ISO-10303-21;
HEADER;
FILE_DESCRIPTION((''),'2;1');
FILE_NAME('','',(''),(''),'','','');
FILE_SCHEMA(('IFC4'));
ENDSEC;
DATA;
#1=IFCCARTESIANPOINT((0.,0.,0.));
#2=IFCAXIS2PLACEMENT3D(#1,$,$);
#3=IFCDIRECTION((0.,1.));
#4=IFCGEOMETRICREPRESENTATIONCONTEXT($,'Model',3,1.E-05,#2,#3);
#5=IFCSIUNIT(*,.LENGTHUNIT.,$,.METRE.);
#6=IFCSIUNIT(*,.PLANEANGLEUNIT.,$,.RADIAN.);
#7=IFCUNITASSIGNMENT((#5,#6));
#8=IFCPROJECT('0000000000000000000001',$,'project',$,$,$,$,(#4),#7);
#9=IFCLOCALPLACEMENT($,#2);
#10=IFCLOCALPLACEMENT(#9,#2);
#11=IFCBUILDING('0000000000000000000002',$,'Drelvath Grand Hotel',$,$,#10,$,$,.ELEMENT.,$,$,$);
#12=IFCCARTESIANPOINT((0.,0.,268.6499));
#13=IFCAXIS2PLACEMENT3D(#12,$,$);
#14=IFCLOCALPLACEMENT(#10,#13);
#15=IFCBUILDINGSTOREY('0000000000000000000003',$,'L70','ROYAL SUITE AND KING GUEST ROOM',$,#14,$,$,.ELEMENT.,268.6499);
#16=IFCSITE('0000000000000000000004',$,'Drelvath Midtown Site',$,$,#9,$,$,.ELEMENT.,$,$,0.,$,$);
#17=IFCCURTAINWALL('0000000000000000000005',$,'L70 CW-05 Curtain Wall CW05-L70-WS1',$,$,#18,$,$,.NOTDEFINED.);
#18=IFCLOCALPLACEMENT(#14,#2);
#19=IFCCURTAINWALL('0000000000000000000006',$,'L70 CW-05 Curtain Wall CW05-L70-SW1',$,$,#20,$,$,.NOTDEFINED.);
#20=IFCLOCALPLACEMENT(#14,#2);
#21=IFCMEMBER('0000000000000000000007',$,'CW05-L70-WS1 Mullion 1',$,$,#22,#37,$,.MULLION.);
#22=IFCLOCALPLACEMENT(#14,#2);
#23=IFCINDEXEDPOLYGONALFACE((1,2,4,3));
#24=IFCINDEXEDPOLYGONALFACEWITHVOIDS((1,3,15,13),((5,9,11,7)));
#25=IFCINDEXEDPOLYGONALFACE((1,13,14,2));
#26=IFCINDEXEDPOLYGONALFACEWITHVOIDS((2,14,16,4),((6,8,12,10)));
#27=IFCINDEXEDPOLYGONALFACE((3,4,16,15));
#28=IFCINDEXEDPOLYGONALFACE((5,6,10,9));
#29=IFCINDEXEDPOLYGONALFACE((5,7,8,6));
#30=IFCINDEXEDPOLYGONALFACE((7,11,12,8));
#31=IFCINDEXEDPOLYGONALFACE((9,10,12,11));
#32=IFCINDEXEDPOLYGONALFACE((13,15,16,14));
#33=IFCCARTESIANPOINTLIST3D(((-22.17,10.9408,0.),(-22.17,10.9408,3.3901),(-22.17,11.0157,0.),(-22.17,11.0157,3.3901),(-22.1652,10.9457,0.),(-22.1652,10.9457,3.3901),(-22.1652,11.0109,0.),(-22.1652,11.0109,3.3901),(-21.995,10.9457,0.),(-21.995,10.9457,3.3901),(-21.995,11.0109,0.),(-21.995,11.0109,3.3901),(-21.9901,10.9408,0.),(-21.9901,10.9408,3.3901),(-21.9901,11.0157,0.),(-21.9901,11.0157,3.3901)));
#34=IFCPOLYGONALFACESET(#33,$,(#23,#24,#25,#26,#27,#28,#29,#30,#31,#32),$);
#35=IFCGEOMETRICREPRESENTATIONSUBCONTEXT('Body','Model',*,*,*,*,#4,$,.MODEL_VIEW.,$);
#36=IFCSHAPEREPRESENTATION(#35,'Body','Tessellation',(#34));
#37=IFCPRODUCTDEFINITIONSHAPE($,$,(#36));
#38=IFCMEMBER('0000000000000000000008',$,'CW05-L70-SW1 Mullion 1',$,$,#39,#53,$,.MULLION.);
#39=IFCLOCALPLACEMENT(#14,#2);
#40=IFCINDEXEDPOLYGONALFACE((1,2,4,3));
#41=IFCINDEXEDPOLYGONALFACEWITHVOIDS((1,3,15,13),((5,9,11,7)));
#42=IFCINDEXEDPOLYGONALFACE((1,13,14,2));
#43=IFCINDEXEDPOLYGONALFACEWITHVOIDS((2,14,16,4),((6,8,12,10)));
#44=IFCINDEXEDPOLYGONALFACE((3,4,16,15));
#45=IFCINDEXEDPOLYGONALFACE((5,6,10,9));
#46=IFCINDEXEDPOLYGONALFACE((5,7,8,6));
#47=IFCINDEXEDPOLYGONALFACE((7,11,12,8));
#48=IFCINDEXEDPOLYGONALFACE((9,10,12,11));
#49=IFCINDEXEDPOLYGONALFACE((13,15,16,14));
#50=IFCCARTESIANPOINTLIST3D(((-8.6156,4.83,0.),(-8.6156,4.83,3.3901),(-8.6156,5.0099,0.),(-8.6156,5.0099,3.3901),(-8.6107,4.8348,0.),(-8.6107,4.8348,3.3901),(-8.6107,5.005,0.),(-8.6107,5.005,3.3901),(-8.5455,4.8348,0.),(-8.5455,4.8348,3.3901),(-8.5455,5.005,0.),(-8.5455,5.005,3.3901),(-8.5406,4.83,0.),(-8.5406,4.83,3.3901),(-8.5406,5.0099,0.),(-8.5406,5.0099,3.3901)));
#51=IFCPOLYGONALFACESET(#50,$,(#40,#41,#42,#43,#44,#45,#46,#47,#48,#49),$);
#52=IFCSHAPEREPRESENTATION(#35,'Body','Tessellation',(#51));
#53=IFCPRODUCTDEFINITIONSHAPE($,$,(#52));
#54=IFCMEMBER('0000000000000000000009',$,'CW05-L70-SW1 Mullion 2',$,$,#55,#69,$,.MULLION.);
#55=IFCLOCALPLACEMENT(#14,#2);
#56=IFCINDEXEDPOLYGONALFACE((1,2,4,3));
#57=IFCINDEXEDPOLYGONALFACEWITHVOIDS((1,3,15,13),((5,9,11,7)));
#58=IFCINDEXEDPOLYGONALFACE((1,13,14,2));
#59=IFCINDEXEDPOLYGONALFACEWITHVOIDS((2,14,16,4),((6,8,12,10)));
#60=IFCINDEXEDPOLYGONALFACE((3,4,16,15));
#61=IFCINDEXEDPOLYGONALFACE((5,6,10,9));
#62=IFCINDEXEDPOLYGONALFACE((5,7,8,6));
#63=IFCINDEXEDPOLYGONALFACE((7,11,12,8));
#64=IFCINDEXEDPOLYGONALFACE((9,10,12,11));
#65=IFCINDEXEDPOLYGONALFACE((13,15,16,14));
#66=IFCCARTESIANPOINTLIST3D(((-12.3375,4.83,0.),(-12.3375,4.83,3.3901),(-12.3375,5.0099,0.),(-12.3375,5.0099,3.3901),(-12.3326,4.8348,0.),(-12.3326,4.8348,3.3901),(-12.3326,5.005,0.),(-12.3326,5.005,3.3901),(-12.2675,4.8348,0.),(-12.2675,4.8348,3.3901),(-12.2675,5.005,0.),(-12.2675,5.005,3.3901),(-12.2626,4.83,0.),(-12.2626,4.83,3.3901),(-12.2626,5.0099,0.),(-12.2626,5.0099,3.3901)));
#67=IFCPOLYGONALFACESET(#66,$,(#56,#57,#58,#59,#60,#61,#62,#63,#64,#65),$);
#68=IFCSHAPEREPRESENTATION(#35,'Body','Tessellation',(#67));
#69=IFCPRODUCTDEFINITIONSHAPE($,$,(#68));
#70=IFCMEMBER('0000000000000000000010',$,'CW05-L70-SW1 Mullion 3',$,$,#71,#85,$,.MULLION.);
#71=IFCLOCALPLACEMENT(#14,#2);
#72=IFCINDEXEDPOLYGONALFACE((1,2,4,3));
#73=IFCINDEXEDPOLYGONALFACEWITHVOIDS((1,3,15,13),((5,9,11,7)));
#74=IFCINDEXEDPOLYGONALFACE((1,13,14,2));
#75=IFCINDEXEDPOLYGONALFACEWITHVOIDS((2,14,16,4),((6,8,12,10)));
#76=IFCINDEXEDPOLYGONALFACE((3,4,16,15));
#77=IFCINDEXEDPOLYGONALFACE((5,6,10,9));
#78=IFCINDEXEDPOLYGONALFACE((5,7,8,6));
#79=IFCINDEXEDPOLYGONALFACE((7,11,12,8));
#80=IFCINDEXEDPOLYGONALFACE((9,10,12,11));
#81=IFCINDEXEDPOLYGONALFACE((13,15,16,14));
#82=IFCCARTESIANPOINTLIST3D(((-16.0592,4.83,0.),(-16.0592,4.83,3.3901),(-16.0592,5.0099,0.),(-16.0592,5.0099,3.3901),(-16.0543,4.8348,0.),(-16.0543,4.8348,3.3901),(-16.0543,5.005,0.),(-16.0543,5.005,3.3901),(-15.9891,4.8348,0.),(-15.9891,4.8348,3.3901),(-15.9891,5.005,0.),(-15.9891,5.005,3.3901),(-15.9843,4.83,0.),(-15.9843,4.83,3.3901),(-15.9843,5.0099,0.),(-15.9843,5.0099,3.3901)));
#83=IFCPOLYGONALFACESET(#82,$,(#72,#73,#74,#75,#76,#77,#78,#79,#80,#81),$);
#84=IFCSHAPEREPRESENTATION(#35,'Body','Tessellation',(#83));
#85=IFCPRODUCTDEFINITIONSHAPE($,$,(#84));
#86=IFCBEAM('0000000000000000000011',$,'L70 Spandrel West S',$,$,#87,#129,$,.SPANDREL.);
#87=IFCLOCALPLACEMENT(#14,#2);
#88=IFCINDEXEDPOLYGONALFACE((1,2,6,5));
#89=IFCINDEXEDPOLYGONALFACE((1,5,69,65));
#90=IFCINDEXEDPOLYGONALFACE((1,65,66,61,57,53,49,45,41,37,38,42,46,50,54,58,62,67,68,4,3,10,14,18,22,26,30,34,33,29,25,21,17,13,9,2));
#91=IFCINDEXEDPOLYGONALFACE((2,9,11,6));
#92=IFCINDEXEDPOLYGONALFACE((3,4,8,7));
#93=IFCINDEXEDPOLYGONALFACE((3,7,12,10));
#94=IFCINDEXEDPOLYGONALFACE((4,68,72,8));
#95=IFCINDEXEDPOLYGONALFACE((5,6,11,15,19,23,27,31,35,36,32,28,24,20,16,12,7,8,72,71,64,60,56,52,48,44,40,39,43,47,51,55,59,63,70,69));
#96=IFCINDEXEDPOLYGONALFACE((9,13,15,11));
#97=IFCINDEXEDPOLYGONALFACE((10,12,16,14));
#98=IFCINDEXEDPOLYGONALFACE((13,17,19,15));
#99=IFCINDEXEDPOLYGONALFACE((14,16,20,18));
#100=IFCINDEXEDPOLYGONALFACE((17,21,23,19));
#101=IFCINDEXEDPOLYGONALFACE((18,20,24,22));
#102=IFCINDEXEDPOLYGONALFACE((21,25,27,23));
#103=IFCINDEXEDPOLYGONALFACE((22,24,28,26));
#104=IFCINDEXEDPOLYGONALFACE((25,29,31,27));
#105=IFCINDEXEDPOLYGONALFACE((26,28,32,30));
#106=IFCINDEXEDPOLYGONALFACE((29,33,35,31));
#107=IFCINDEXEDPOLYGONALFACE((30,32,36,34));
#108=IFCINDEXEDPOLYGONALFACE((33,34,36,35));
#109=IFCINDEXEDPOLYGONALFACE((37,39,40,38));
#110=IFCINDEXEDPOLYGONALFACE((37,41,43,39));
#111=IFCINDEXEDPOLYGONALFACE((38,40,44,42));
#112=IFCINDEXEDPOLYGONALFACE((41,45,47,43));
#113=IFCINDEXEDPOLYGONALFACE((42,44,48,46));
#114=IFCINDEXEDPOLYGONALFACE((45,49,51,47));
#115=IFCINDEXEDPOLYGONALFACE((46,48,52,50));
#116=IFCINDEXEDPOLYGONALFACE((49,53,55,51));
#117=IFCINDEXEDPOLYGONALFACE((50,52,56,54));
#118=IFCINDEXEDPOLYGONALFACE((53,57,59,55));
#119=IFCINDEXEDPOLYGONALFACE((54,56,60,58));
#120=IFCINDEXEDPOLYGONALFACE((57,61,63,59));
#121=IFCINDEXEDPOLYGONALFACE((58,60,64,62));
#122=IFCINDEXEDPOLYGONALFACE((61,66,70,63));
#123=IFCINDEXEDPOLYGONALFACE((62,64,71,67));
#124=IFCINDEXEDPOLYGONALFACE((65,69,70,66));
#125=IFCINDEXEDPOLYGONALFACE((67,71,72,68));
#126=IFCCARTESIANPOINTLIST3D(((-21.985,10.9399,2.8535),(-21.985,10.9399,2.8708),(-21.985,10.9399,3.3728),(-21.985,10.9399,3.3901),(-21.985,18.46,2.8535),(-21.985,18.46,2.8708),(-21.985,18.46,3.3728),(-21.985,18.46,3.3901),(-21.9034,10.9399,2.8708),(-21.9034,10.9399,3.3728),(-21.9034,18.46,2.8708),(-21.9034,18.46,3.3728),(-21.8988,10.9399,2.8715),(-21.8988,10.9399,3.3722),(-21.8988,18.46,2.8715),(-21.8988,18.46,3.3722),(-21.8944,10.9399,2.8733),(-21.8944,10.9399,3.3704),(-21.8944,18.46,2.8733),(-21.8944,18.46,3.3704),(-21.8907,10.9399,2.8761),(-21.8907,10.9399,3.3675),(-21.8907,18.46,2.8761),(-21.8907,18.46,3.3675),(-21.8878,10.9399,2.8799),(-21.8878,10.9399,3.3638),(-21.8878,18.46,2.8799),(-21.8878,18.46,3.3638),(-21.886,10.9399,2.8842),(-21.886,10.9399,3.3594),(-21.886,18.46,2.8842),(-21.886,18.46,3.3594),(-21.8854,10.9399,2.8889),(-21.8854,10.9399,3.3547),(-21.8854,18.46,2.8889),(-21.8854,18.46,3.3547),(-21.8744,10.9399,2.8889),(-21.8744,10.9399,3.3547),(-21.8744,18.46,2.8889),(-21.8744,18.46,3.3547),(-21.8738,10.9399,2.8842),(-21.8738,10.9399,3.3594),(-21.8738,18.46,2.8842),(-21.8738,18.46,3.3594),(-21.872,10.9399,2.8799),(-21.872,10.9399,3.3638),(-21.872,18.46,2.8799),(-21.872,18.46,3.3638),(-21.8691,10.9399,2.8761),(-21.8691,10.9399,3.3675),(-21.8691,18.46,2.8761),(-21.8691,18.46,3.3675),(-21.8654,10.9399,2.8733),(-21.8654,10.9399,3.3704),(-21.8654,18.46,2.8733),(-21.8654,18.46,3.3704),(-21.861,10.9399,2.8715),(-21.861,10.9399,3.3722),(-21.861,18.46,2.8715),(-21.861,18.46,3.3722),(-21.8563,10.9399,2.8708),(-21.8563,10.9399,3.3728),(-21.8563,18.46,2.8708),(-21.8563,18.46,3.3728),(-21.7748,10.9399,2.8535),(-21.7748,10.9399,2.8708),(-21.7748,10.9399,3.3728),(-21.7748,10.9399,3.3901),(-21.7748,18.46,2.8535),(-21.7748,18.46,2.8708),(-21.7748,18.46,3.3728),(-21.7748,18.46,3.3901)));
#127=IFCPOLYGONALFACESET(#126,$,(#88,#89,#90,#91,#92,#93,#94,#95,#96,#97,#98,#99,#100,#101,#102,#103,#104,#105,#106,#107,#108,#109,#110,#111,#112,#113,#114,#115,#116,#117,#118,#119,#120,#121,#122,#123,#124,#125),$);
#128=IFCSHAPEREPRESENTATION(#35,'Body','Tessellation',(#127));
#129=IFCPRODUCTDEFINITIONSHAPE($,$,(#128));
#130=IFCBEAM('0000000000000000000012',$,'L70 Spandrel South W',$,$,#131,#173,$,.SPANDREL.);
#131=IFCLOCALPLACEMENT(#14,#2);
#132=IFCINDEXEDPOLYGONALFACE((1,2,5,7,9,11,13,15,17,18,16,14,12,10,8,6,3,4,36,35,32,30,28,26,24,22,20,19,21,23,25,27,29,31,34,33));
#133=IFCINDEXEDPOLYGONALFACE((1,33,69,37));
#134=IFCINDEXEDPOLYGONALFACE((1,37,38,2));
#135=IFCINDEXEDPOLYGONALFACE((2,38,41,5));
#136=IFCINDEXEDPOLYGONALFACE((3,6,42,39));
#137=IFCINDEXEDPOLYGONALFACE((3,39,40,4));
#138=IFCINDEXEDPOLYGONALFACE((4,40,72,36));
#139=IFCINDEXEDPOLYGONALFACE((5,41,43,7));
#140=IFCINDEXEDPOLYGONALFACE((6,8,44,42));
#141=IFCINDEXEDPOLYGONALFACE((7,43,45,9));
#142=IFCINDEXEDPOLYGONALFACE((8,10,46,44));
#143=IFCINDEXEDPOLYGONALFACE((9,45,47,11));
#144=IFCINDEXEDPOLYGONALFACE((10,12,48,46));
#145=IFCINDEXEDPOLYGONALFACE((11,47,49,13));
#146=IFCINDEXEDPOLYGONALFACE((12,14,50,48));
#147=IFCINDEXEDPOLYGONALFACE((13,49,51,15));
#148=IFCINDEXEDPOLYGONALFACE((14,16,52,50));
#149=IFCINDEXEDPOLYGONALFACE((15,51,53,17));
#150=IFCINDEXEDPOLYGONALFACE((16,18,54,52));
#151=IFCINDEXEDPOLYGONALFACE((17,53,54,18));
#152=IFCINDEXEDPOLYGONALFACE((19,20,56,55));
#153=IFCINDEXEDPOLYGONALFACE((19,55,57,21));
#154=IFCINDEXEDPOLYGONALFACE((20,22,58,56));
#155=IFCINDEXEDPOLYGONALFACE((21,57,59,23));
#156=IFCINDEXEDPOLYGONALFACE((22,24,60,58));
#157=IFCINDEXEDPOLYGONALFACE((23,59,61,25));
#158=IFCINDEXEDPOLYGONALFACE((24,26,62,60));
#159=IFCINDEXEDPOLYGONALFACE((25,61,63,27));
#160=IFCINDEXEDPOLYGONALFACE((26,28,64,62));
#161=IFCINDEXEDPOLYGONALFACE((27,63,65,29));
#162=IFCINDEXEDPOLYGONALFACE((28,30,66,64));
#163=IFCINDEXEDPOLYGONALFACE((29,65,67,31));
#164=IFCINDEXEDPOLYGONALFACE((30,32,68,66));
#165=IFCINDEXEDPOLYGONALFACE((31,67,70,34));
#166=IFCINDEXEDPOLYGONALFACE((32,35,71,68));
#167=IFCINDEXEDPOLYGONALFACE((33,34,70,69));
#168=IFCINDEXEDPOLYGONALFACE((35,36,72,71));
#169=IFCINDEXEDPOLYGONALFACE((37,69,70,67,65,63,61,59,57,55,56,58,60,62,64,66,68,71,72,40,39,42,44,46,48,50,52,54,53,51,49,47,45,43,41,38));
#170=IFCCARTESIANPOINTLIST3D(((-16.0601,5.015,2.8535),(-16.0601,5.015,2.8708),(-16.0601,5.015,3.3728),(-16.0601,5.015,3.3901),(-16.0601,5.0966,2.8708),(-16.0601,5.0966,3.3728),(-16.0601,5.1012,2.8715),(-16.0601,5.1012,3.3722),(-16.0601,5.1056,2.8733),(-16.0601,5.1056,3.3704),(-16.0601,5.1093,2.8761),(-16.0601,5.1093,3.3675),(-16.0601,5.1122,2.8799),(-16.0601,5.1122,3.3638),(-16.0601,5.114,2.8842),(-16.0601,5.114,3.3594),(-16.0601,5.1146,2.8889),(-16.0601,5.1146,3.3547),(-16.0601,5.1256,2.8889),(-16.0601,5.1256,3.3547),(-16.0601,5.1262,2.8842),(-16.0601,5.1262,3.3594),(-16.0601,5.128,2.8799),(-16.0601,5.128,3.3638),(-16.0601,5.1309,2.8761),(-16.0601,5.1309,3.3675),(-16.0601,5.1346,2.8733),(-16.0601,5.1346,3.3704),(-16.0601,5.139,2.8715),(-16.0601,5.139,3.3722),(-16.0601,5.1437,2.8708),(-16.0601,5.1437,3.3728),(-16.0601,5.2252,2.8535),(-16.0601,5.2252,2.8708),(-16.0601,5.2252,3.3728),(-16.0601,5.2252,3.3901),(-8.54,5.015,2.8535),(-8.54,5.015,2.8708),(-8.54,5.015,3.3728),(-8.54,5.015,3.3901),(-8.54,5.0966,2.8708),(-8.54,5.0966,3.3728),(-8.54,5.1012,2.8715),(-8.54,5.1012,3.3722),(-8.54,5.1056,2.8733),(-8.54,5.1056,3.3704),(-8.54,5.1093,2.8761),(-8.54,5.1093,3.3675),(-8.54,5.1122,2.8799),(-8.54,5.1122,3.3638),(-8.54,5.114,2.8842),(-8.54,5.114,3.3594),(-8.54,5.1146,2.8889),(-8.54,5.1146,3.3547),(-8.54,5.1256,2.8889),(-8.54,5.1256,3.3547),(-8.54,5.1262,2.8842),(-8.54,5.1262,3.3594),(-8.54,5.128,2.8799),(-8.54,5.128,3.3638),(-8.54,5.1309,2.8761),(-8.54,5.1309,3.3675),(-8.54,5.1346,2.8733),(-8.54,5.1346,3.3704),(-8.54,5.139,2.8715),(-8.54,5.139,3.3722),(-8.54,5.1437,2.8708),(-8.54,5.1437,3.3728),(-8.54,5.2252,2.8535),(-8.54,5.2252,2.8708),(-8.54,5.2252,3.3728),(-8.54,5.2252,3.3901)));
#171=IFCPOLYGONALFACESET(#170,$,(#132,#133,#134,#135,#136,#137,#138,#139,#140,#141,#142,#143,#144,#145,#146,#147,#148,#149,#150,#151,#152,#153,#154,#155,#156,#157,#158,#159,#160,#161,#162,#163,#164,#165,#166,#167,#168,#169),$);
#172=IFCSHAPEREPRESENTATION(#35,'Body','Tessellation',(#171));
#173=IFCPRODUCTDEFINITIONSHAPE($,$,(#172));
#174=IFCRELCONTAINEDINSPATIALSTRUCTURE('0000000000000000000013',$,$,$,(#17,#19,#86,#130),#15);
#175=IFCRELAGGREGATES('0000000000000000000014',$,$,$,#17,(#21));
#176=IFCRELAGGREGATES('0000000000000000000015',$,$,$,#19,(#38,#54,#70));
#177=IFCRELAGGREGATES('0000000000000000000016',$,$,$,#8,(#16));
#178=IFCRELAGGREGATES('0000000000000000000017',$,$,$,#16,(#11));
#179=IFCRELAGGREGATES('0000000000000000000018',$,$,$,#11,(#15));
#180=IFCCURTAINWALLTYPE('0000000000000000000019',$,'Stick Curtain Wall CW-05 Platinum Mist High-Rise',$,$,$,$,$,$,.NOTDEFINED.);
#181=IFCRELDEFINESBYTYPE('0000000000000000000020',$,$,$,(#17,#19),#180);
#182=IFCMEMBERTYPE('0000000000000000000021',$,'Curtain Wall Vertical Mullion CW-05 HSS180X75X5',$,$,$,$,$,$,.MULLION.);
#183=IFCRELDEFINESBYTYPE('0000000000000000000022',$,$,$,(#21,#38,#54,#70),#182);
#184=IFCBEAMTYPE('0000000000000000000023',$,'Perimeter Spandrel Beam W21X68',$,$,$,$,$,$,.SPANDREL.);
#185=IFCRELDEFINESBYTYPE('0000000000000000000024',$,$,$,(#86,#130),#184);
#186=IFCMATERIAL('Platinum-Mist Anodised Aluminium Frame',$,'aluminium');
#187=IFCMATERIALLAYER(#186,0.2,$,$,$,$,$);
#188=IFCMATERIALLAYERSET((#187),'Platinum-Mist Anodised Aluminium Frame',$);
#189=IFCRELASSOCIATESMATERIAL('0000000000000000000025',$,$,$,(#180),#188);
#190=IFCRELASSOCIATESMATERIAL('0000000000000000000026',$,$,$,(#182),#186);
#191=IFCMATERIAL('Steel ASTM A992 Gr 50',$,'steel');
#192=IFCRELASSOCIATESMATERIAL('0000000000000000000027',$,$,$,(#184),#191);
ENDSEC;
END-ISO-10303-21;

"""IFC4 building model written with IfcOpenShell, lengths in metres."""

from ifc_helpers import new_model, si_unit, direction, frame, origin, origin_2d, place, context, subcontext, project, spatial, hollow_rectangle, i_section, extrude, material, layer, layer_set, material_profile, profile_set, type_object, element, aggregate, save


model = new_model("IFC4")

# Units and contexts
model_context = context("Model", 3, precision=1e-05, world=origin(), true_north=direction((0.0, 1.0)))
body_context = subcontext(model_context, "Body", "Model", "MODEL_VIEW")
ifc_project = project(units=[si_unit("LENGTHUNIT", "METRE"), si_unit("PLANEANGLEUNIT", "RADIAN")], contexts=[model_context])

# Site, building, storey
site_placement = place(None, origin())
site = spatial("IfcSite", under=ifc_project, at=site_placement, Name="Drelvath Midtown Site", CompositionType="ELEMENT", RefElevation=0.0)
building_placement = place(site_placement, origin())
building = spatial("IfcBuilding", under=site, at=building_placement, Name="Drelvath Grand Hotel", CompositionType="ELEMENT")
storey_placement = place(building_placement, frame((0.0, 0.0, 268.6499)))
storey = spatial("IfcBuildingStorey", under=building, at=storey_placement, Name="L70", Description="ROYAL SUITE AND KING GUEST ROOM", CompositionType="ELEMENT", Elevation=268.6499)

# Shared definitions
ifc_material_1 = material(Name="Steel ASTM A992 Gr 50", Category="steel")

# Curtain walls
ifc_material_2 = material(Name="Platinum-Mist Anodised Aluminium Frame", Category="aluminium")
ifc_layer_1 = layer(ifc_material_2, 0.2)
ifc_layer_set_1 = layer_set([ifc_layer_1], Name="Platinum-Mist Anodised Aluminium Frame")
curtain_wall_type = type_object("IfcCurtainWallType", Name="Stick Curtain Wall CW-05 Platinum Mist High-Rise", PredefinedType="NOTDEFINED", material=ifc_layer_set_1)
curtain_wall_1_placement = place(storey_placement, origin())
curtain_wall_1 = element("IfcCurtainWall", 1, at=curtain_wall_1_placement, inside=storey, type_object=curtain_wall_type, Name="L70 CW-05 Curtain Wall CW05-L70-WS1", PredefinedType="NOTDEFINED")
curtain_wall_2_placement = place(storey_placement, origin())
curtain_wall_2 = element("IfcCurtainWall", 2, at=curtain_wall_2_placement, inside=storey, type_object=curtain_wall_type, Name="L70 CW-05 Curtain Wall CW05-L70-SW1", PredefinedType="NOTDEFINED")

# Members
ifc_material_profile_1 = material_profile(ifc_material_2, hollow_rectangle(XDim=0.075, YDim=0.1799, WallThickness=0.0049, at=origin_2d()), Name="HSS180X75X5")
ifc_profile_set_1 = profile_set([ifc_material_profile_1], Name="Platinum-Mist Anodised Aluminium Frame")
member_type_1 = type_object("IfcMemberType", Name="Curtain Wall Vertical Mullion CW-05 HSS180X75X5", PredefinedType="MULLION", material=ifc_profile_set_1)
member_1_placement = place(storey_placement, frame((-22.0801, 10.9783, 0.0), z_axis=(0.0, 0.0, 1.0), x_axis=(0.0, 1.0, 0.0)))
member_1 = element("IfcMember", 3, at=member_1_placement, type_object=member_type_1, Name="CW05-L70-WS1 Mullion 1", PredefinedType="MULLION", context=body_context, shape_type="SweptSolid", body=[
    extrude(hollow_rectangle(XDim=0.075, YDim=0.1799, WallThickness=0.0049, at=origin_2d()), origin(), (0.0, 0.0, 1.0), 3.3901),
])
aggregate(curtain_wall_1, [member_1])
member_2_placement = place(storey_placement, frame((-8.5781, 4.9199, 0.0), z_axis=(0.0, 0.0, 1.0), x_axis=(1.0, 0.0, 0.0)))
member_2 = element("IfcMember", 4, at=member_2_placement, type_object=member_type_1, Name="CW05-L70-SW1 Mullion 1", PredefinedType="MULLION", context=body_context, shape_type="SweptSolid", body=[
    extrude(hollow_rectangle(XDim=0.075, YDim=0.1799, WallThickness=0.0049, at=origin_2d()), origin(), (0.0, 0.0, 1.0), 3.3901),
])
member_3_placement = place(storey_placement, frame((-12.3, 4.9199, 0.0), z_axis=(0.0, 0.0, 1.0), x_axis=(1.0, 0.0, 0.0)))
member_3 = element("IfcMember", 5, at=member_3_placement, type_object=member_type_1, Name="CW05-L70-SW1 Mullion 2", PredefinedType="MULLION", context=body_context, shape_type="SweptSolid", body=[
    extrude(hollow_rectangle(XDim=0.075, YDim=0.1799, WallThickness=0.0049, at=origin_2d()), origin(), (0.0, 0.0, 1.0), 3.3901),
])
member_4_placement = place(storey_placement, frame((-16.0217, 4.9199, 0.0), z_axis=(0.0, 0.0, 1.0), x_axis=(1.0, 0.0, 0.0)))
member_4 = element("IfcMember", 6, at=member_4_placement, type_object=member_type_1, Name="CW05-L70-SW1 Mullion 3", PredefinedType="MULLION", context=body_context, shape_type="SweptSolid", body=[
    extrude(hollow_rectangle(XDim=0.075, YDim=0.1799, WallThickness=0.0049, at=origin_2d()), origin(), (0.0, 0.0, 1.0), 3.3901),
])

# Beams
ifc_material_profile_2 = material_profile(ifc_material_1, i_section(OverallWidth=0.2102, OverallDepth=0.5366, WebThickness=0.011, FlangeThickness=0.0173, FilletRadius=0.0181, at=origin_2d()), Name="W21X68")
ifc_profile_set_2 = profile_set([ifc_material_profile_2], Name="Steel ASTM A992 Gr 50")
beam_type_1 = type_object("IfcBeamType", Name="Perimeter Spandrel Beam W21X68", PredefinedType="SPANDREL", material=ifc_profile_set_2)
for number, where, z_axis, x_axis, name in (
    (7, (-21.8799, 10.9399, 3.1218), (0.0, 1.0, 0.0), (-1.0, 0.0, 0.0), "L70 Spandrel West S"),
    (8, (-16.0601, 5.1201, 3.1218), (1.0, 0.0, 0.0), (0.0, 1.0, 0.0), "L70 Spandrel South W"),
):
    element("IfcBeam", number, at=place(storey_placement, frame(where, z_axis=z_axis, x_axis=x_axis)), inside=storey, type_object=beam_type_1, Name=name, PredefinedType="SPANDREL", context=body_context, shape_type="SweptSolid", body=[
        extrude(i_section(OverallWidth=0.2102, OverallDepth=0.5366, WebThickness=0.011, FlangeThickness=0.0173, FilletRadius=0.0181, at=origin_2d()), origin(), (0.0, 0.0, 1.0), 7.52),
    ])

aggregate(curtain_wall_2, [member_2, member_3, member_4])

save(model, "model.ifc")
